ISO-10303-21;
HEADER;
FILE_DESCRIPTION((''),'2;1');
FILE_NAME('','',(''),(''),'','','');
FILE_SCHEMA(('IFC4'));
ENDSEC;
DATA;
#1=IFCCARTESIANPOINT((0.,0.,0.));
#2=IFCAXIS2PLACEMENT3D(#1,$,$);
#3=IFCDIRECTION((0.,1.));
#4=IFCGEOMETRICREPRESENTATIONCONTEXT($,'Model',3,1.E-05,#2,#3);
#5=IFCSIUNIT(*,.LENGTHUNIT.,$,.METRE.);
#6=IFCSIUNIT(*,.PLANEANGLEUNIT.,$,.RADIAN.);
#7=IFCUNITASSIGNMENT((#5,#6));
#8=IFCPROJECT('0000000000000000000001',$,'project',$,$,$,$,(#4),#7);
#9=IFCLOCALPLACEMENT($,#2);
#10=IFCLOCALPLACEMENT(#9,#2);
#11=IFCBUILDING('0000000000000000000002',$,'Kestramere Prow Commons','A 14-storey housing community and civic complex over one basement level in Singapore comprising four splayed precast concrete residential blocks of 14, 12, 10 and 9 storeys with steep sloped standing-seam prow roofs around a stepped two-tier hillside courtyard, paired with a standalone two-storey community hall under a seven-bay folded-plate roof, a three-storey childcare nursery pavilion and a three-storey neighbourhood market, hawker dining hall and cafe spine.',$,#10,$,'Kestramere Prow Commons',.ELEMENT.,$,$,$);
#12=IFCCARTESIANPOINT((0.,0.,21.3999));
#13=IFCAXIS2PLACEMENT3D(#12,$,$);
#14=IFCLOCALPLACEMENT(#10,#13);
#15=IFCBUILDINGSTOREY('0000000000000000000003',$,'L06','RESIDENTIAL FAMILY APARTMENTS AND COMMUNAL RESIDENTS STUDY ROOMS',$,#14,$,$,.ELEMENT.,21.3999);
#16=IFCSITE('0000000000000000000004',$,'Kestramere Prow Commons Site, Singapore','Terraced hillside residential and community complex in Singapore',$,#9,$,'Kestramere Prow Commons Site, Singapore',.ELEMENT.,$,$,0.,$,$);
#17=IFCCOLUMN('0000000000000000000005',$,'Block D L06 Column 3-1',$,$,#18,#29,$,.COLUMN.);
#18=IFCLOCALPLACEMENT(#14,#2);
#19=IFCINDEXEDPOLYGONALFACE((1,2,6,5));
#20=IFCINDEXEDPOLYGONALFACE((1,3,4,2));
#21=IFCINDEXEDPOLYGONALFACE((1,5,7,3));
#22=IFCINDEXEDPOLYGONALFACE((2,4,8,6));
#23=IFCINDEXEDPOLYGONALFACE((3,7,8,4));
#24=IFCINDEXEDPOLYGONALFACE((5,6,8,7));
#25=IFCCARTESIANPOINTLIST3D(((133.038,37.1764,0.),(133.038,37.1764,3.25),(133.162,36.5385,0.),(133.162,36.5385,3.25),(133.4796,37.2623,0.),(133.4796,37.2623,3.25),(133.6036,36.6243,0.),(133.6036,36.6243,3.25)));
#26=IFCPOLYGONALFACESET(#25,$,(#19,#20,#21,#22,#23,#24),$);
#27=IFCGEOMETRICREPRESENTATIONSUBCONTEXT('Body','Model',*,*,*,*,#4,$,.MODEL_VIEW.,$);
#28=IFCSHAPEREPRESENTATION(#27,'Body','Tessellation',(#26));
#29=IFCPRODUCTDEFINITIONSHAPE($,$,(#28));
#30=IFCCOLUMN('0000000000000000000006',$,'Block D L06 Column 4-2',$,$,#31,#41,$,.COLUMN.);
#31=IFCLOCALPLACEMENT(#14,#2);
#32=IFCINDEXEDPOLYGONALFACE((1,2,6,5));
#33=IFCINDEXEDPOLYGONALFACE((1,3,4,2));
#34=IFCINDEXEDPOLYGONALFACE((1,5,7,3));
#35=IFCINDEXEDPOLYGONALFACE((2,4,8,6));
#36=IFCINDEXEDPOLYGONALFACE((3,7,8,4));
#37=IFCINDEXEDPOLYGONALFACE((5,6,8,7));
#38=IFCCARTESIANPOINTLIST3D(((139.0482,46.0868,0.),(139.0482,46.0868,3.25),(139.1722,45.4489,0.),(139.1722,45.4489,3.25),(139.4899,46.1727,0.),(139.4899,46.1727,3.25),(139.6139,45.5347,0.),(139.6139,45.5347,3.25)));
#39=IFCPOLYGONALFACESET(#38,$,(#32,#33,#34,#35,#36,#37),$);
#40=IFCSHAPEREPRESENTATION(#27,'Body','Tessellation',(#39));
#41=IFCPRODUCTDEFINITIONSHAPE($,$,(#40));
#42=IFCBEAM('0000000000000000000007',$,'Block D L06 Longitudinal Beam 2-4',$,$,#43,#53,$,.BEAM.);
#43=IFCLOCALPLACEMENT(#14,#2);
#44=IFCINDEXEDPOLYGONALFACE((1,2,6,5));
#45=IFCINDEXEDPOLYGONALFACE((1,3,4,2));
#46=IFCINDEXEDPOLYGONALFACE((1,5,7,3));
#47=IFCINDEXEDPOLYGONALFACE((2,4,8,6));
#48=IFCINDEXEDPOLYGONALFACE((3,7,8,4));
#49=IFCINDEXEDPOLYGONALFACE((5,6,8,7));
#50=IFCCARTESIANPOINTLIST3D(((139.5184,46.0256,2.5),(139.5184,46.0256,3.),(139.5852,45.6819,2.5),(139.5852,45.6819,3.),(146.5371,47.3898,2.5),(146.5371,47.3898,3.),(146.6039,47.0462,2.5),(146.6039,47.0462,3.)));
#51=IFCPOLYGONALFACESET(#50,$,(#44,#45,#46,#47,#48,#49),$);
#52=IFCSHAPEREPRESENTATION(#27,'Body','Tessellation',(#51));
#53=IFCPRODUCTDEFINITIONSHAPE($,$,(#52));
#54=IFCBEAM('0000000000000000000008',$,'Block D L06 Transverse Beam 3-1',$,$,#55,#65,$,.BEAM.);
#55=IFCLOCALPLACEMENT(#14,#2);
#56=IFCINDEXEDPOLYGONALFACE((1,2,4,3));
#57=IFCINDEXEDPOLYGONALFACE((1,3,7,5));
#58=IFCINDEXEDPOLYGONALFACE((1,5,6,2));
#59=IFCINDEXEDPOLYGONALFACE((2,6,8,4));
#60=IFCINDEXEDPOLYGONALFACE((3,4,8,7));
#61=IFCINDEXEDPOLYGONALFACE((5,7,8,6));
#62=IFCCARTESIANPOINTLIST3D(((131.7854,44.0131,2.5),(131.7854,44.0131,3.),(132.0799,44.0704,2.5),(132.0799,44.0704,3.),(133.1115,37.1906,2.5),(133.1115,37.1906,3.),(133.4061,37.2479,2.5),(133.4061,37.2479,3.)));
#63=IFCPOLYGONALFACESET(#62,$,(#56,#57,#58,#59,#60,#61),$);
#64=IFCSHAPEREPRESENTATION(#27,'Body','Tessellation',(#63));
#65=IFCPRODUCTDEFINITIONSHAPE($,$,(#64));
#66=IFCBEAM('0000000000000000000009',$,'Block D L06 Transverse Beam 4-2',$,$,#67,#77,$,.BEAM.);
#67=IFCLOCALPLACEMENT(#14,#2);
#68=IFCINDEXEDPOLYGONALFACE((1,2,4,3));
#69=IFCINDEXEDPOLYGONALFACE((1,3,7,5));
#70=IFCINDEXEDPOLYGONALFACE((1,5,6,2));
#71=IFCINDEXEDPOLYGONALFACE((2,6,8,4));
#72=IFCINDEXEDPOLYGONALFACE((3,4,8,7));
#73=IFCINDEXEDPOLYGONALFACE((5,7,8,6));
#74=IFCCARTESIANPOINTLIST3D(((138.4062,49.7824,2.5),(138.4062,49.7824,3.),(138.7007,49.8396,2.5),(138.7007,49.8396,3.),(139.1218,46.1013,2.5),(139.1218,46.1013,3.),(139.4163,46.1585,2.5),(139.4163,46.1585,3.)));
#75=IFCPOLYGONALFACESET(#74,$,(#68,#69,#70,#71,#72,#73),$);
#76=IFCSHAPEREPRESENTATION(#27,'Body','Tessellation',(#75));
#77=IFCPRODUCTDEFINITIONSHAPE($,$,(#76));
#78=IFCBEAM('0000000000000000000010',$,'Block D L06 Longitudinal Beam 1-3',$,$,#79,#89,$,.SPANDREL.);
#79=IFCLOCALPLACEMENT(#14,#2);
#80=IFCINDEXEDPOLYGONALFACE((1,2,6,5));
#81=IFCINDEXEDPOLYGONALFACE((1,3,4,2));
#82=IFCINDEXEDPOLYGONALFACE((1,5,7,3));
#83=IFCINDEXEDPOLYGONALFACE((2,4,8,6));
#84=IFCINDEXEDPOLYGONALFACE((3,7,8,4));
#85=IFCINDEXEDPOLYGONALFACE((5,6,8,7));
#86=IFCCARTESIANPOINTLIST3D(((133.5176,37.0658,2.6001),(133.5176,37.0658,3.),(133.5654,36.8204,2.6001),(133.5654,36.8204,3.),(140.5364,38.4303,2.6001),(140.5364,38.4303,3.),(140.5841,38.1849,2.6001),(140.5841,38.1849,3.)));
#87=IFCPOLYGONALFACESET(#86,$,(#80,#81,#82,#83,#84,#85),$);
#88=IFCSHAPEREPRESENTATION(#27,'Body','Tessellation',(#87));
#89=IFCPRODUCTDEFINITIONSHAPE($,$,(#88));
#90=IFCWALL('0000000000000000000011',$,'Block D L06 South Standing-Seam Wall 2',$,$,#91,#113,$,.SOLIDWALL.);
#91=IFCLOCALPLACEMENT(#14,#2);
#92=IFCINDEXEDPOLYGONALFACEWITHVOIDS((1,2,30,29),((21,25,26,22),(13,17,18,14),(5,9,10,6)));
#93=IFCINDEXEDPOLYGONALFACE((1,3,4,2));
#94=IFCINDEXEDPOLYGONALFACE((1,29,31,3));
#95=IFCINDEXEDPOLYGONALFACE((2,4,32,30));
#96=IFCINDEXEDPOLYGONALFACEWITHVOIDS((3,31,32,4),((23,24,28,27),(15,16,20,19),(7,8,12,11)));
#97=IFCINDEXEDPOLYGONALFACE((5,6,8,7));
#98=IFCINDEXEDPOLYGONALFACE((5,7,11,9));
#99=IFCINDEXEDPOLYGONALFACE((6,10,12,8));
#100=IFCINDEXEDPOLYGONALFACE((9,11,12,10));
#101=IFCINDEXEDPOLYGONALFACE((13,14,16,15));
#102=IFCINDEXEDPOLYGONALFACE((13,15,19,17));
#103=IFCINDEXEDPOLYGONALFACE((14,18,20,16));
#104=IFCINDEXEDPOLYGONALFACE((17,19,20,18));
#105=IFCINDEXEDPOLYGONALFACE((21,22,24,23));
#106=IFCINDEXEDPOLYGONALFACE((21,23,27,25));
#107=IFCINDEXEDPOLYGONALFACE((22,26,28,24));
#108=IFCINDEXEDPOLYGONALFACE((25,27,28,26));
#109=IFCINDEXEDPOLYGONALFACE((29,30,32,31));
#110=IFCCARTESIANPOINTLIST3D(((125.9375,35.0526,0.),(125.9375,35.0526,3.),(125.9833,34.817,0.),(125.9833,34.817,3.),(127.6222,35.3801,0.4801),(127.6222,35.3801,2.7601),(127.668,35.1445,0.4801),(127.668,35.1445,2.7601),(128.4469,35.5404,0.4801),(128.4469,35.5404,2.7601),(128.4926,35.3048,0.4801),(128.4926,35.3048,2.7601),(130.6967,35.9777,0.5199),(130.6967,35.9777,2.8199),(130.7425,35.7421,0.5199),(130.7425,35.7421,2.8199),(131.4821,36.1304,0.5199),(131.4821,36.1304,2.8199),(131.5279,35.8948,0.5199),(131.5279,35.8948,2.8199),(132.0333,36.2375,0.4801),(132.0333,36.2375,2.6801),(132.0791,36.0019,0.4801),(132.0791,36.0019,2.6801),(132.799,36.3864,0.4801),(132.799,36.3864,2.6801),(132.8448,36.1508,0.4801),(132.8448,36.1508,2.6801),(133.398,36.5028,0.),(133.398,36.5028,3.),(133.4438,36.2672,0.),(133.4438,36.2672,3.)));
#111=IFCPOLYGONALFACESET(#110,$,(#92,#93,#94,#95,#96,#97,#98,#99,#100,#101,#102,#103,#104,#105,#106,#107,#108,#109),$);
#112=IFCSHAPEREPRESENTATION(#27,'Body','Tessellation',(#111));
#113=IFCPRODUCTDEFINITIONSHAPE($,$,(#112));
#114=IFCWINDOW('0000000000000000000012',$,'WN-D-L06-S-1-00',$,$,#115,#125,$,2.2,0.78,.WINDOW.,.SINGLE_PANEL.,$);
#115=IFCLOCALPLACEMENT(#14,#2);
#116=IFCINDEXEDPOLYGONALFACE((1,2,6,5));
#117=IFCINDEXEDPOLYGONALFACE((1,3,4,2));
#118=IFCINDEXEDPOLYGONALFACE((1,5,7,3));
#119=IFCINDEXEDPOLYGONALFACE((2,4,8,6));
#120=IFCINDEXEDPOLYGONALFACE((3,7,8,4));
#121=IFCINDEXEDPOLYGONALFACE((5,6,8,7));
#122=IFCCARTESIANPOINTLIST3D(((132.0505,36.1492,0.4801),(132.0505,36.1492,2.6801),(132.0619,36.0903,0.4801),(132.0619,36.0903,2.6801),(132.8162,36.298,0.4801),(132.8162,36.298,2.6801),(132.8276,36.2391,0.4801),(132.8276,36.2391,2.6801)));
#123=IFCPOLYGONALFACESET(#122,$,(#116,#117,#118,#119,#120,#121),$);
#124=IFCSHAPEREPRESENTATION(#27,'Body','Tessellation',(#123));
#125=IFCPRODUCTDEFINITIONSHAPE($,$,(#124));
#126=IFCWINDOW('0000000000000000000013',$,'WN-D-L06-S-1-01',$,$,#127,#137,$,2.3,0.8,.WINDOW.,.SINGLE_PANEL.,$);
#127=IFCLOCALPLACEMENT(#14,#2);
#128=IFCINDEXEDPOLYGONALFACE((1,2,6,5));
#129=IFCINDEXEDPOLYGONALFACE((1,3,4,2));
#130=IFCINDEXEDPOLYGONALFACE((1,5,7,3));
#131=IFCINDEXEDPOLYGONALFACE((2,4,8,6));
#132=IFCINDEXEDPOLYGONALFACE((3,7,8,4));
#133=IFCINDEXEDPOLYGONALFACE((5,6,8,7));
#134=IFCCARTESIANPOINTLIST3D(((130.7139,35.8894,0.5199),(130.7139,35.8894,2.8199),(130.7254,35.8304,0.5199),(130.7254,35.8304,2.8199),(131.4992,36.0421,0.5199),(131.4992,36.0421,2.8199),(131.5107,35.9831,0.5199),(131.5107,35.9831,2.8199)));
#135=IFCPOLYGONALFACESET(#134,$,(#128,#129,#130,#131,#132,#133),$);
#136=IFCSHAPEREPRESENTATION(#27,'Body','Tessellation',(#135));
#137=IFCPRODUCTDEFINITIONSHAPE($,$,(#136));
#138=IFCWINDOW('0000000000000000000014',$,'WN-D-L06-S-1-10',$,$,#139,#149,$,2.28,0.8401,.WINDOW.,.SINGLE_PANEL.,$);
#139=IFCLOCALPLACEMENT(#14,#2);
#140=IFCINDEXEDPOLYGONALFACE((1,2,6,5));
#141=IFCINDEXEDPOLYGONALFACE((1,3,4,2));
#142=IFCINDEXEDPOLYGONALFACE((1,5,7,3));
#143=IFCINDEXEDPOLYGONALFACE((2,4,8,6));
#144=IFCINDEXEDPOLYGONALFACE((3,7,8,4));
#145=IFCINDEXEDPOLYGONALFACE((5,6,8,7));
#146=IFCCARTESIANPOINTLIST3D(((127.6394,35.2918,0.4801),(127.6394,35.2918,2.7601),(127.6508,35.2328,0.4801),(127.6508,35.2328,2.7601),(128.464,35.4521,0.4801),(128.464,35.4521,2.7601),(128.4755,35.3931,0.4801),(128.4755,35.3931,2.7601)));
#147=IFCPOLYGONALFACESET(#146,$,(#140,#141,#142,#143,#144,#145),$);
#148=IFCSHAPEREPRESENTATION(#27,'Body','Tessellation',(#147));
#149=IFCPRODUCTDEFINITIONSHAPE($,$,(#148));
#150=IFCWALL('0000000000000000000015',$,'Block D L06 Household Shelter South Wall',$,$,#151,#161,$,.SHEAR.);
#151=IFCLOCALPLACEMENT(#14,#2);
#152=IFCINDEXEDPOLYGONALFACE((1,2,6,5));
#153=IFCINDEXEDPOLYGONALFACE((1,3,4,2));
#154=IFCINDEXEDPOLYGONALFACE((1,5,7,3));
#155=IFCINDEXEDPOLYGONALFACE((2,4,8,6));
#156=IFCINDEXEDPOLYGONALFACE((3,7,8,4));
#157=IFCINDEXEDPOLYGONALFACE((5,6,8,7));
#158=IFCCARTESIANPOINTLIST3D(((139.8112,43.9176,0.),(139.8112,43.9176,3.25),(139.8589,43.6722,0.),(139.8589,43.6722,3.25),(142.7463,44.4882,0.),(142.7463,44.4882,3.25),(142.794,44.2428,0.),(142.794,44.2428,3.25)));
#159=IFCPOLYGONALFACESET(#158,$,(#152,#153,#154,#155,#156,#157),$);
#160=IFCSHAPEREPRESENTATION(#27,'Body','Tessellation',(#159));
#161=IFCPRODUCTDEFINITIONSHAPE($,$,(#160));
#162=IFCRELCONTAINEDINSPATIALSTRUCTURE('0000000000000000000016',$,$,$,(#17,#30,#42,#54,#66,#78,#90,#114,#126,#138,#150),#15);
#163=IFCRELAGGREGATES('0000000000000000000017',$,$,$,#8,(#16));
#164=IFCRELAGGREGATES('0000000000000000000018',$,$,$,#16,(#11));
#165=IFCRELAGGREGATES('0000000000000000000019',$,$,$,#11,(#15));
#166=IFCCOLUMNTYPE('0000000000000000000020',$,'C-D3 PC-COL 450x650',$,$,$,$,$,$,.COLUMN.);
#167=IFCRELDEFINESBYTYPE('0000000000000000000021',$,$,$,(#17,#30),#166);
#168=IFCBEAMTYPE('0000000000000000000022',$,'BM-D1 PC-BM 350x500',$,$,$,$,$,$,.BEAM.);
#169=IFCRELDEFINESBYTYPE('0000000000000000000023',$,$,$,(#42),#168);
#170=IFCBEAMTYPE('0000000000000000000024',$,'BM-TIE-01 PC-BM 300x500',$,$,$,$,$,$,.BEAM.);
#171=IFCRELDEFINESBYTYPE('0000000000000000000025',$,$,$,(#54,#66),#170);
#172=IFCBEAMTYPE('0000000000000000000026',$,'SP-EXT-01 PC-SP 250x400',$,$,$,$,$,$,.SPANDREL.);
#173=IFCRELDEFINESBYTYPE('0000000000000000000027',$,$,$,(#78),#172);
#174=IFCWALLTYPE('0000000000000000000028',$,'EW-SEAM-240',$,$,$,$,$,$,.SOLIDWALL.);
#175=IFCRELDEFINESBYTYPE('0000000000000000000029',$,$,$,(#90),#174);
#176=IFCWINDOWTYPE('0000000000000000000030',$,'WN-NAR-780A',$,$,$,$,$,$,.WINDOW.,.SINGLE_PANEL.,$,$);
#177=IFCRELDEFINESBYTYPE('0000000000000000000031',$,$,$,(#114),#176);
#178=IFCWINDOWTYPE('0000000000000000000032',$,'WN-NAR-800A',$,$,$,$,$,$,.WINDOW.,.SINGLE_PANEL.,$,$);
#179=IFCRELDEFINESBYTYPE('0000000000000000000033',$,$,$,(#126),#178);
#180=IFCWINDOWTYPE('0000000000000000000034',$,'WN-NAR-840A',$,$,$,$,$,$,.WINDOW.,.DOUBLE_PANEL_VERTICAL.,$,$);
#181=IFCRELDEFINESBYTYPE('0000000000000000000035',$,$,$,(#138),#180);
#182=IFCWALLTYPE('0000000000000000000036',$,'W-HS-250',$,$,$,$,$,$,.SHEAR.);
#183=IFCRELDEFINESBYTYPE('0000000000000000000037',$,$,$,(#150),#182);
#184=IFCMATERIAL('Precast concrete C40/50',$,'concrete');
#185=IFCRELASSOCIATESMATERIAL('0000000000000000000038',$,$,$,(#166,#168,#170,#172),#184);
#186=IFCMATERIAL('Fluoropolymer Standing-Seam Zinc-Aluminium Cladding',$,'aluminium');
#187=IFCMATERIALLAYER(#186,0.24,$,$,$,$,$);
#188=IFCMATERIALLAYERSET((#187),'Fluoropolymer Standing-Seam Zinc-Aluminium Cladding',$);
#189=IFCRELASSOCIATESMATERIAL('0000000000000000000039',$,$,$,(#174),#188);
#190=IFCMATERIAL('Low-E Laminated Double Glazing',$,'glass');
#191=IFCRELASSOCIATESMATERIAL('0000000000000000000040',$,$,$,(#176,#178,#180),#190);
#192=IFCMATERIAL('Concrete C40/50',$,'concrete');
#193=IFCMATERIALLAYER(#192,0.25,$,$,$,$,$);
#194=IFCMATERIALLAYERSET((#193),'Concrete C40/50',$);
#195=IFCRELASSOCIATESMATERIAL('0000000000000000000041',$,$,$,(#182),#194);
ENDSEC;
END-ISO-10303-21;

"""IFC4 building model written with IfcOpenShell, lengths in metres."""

from ifc_helpers import new_model, si_unit, direction, frame, frame_2d, origin, origin_2d, place, context, subcontext, project, spatial, rectangle, extrude, material, layer, layer_set, material_profile, profile_set, type_object, element, fill, save


model = new_model("IFC4")

# Units and contexts
model_context = context("Model", 3, precision=1e-05, world=origin(), true_north=direction((0.0, 1.0)))
body_context = subcontext(model_context, "Body", "Model", "MODEL_VIEW")
ifc_project = project(units=[si_unit("LENGTHUNIT", "METRE"), si_unit("PLANEANGLEUNIT", "RADIAN")], contexts=[model_context])

# Site, building, storey
site_placement = place(None, origin())
site = spatial("IfcSite", under=ifc_project, at=site_placement, Name="Kestramere Prow Commons Site, Singapore", Description="Terraced hillside residential and community complex in Singapore", LongName="Kestramere Prow Commons Site, Singapore", CompositionType="ELEMENT", RefElevation=0.0)
building_placement = place(site_placement, origin())
building = spatial("IfcBuilding", under=site, at=building_placement, Name="Kestramere Prow Commons", Description="A 14-storey housing community and civic complex over one basement level in Singapore comprising four splayed precast concrete residential blocks of 14, 12, 10 and 9 storeys with steep sloped standing-seam prow roofs around a stepped two-tier hillside courtyard, paired with a standalone two-storey community hall under a seven-bay folded-plate roof, a three-storey childcare nursery pavilion and a three-storey neighbourhood market, hawker dining hall and cafe spine.", LongName="Kestramere Prow Commons", CompositionType="ELEMENT")
storey_placement = place(building_placement, frame((0.0, 0.0, 21.3999)))
storey = spatial("IfcBuildingStorey", under=building, at=storey_placement, Name="L06", Description="RESIDENTIAL FAMILY APARTMENTS AND COMMUNAL RESIDENTS STUDY ROOMS", CompositionType="ELEMENT", Elevation=21.3999)

# Columns
ifc_material_1 = material(Name="Precast concrete C40/50", Category="concrete")
ifc_material_profile_1 = material_profile(ifc_material_1, rectangle(XDim=0.45, YDim=0.6499, at=origin_2d()), Name="PC-COL 450x650")
ifc_profile_set_1 = profile_set([ifc_material_profile_1], Name="Precast concrete C40/50")
column_type = type_object("IfcColumnType", Name="C-D3 PC-COL 450x650", PredefinedType="COLUMN", material=ifc_profile_set_1)
for number, where, z_axis, x_axis, name in (
    (1, (133.3208, 36.9004, 0.0), (0.0, 0.0, 1.0), (0.981627, 0.190809, 0.0), "Block D L06 Column 3-1"),
    (2, (139.3311, 45.8108, 0.0), (0.0, 0.0, 1.0), (0.981627, 0.190809, 0.0), "Block D L06 Column 4-2"),
):
    element("IfcColumn", number, at=place(storey_placement, frame(where, z_axis=z_axis, x_axis=x_axis)), inside=storey, type_object=column_type, Name=name, PredefinedType="COLUMN", context=body_context, shape_type="SweptSolid", body=[
        extrude(rectangle(XDim=0.45, YDim=0.6499, at=origin_2d()), origin(), (0.0, 0.0, 1.0), 3.25),
    ])

# Beams
ifc_material_profile_2 = material_profile(ifc_material_1, rectangle(XDim=0.3501, YDim=0.5, at=origin_2d()), Name="PC-BM 350x500")
ifc_profile_set_2 = profile_set([ifc_material_profile_2], Name="Precast concrete C40/50")
beam_type_1 = type_object("IfcBeamType", Name="BM-D1 PC-BM 350x500", PredefinedType="BEAM", material=ifc_profile_set_2)
beam_1_placement = place(storey_placement, frame((139.5518, 45.8538, 2.75), z_axis=(0.981629, 0.190801, 0.0), x_axis=(-0.190801, 0.981629, 0.0)))
element("IfcBeam", 3, at=beam_1_placement, inside=storey, type_object=beam_type_1, Name="Block D L06 Longitudinal Beam 2-4", PredefinedType="BEAM", context=body_context, shape_type="SweptSolid", body=[
    extrude(rectangle(XDim=0.3501, YDim=0.5, at=origin_2d()), origin(), (0.0, 0.0, 1.0), 7.1501),
])
ifc_material_profile_3 = material_profile(ifc_material_1, rectangle(XDim=0.3, YDim=0.5, at=origin_2d()), Name="PC-BM 300x500")
ifc_profile_set_3 = profile_set([ifc_material_profile_3], Name="Precast concrete C40/50")
beam_type_2 = type_object("IfcBeamType", Name="BM-TIE-01 PC-BM 300x500", PredefinedType="BEAM", material=ifc_profile_set_3)
beam_2_placement = place(storey_placement, frame((133.2588, 37.2192, 2.75), z_axis=(-0.19081, 0.981627, 0.0), x_axis=(-0.981627, -0.19081, 0.0)))
element("IfcBeam", 4, at=beam_2_placement, inside=storey, type_object=beam_type_2, Name="Block D L06 Transverse Beam 3-1", PredefinedType="BEAM", context=body_context, shape_type="SweptSolid", body=[
    extrude(rectangle(XDim=0.3, YDim=0.5, at=origin_2d()), origin(), (0.0, 0.0, 1.0), 6.9502),
])
beam_3_placement = place(storey_placement, frame((139.269, 46.1299, 2.75), z_axis=(-0.190817, 0.981626, 0.0), x_axis=(-0.981626, -0.190817, 0.0)))
element("IfcBeam", 5, at=beam_3_placement, inside=storey, type_object=beam_type_2, Name="Block D L06 Transverse Beam 4-2", PredefinedType="BEAM", context=body_context, shape_type="SweptSolid", body=[
    extrude(rectangle(XDim=0.3, YDim=0.5, at=origin_2d()), origin(), (0.0, 0.0, 1.0), 3.75),
])
ifc_material_profile_4 = material_profile(ifc_material_1, rectangle(XDim=0.25, YDim=0.3999, at=origin_2d()), Name="PC-SP 250x400")
ifc_profile_set_4 = profile_set([ifc_material_profile_4], Name="Precast concrete C40/50")
beam_type_3 = type_object("IfcBeamType", Name="SP-EXT-01 PC-SP 250x400", PredefinedType="SPANDREL", material=ifc_profile_set_4)
beam_4_placement = place(storey_placement, frame((133.5415, 36.9431, 2.8), z_axis=(0.981622, 0.190834, 0.0), x_axis=(-0.190834, 0.981622, 0.0)))
element("IfcBeam", 6, at=beam_4_placement, inside=storey, type_object=beam_type_3, Name="Block D L06 Longitudinal Beam 1-3", PredefinedType="SPANDREL", context=body_context, shape_type="SweptSolid", body=[
    extrude(rectangle(XDim=0.25, YDim=0.3999, at=origin_2d()), origin(), (0.0, 0.0, 1.0), 7.1501),
])

# Wall, openings, windows
ifc_material_2 = material(Name="Fluoropolymer Standing-Seam Zinc-Aluminium Cladding", Category="aluminium")
ifc_layer_1 = layer(ifc_material_2, 0.24)
ifc_layer_set_1 = layer_set([ifc_layer_1], Name="Fluoropolymer Standing-Seam Zinc-Aluminium Cladding")
wall_type_1 = type_object("IfcWallType", Name="EW-SEAM-240", PredefinedType="SOLIDWALL", material=ifc_layer_set_1)
wall_1_placement = place(storey_placement, frame((133.4209, 36.385, 0.0), z_axis=(0.0, 0.0, 1.0), x_axis=(-0.981626, -0.190813, 0.0)))
wall_1 = element("IfcWall", 7, at=wall_1_placement, inside=storey, type_object=wall_type_1, Name="Block D L06 South Standing-Seam Wall 2", PredefinedType="SOLIDWALL", context=body_context, shape_type="SweptSolid", body=[
    extrude(rectangle(XDim=7.6001, YDim=0.24, at=frame_2d((3.8, 0.0))), origin(), (0.0, 0.0, 1.0), 3.0),
])
opening_1_placement = place(wall_1_placement, frame((0.6101, 0.0, 0.48)))
opening_1 = element("IfcOpeningElement", 8, at=opening_1_placement, cuts=wall_1, PredefinedType="OPENING", context=body_context, shape_type="SweptSolid", body=[
    extrude(rectangle(XDim=0.78, YDim=2.2, at=frame_2d((0.3901, 1.1001))), frame((0.0, 0.135, 0.0), z_axis=(0.0, -1.0, 0.0), x_axis=(1.0, 0.0, 0.0)), (0.0, 0.0, 1.0), 0.27),
])
opening_2_placement = place(wall_1_placement, frame((1.9519, 0.0, 0.52)))
opening_2 = element("IfcOpeningElement", 9, at=opening_2_placement, cuts=wall_1, PredefinedType="OPENING", context=body_context, shape_type="SweptSolid", body=[
    extrude(rectangle(XDim=0.8, YDim=2.3, at=frame_2d((0.3999, 1.1499))), frame((0.0, 0.135, 0.0), z_axis=(0.0, -1.0, 0.0), x_axis=(1.0, 0.0, 0.0)), (0.0, 0.0, 1.0), 0.27),
])
opening_3_placement = place(wall_1_placement, frame((5.0439, 0.0, 0.48)))
opening_3 = element("IfcOpeningElement", 10, at=opening_3_placement, cuts=wall_1, PredefinedType="OPENING", context=body_context, shape_type="SweptSolid", body=[
    extrude(rectangle(XDim=0.8401, YDim=2.28, at=frame_2d((0.4199, 1.1401))), frame((0.0, 0.135, 0.0), z_axis=(0.0, -1.0, 0.0), x_axis=(1.0, 0.0, 0.0)), (0.0, 0.0, 1.0), 0.27),
])
ifc_material_3 = material(Name="Low-E Laminated Double Glazing", Category="glass")
window_type_1 = type_object("IfcWindowType", Name="WN-NAR-780A", PartitioningType="SINGLE_PANEL", PredefinedType="WINDOW", material=ifc_material_3)
window_1_placement = place(opening_1_placement, origin())
window_1 = element("IfcWindow", 11, at=window_1_placement, inside=storey, type_object=window_type_1, Name="WN-D-L06-S-1-00", OverallHeight=2.2, OverallWidth=0.78, PartitioningType="SINGLE_PANEL", PredefinedType="WINDOW", context=body_context, shape_type="SweptSolid", body=[
    extrude(rectangle(XDim=0.78, YDim=2.2, at=frame_2d((0.3901, 1.1001))), frame((0.0, 0.03, 0.0), z_axis=(0.0, -1.0, 0.0), x_axis=(1.0, 0.0, 0.0)), (0.0, 0.0, 1.0), 0.0601),
])
fill(opening_1, window_1)
window_type_2 = type_object("IfcWindowType", Name="WN-NAR-800A", PartitioningType="SINGLE_PANEL", PredefinedType="WINDOW", material=ifc_material_3)
window_2_placement = place(opening_2_placement, origin())
window_2 = element("IfcWindow", 12, at=window_2_placement, inside=storey, type_object=window_type_2, Name="WN-D-L06-S-1-01", OverallHeight=2.3, OverallWidth=0.8, PartitioningType="SINGLE_PANEL", PredefinedType="WINDOW", context=body_context, shape_type="SweptSolid", body=[
    extrude(rectangle(XDim=0.8, YDim=2.3, at=frame_2d((0.3999, 1.1499))), frame((0.0, 0.03, 0.0), z_axis=(0.0, -1.0, 0.0), x_axis=(1.0, 0.0, 0.0)), (0.0, 0.0, 1.0), 0.0601),
])
fill(opening_2, window_2)
window_type_3 = type_object("IfcWindowType", Name="WN-NAR-840A", PartitioningType="DOUBLE_PANEL_VERTICAL", PredefinedType="WINDOW", material=ifc_material_3)
window_3_placement = place(opening_3_placement, origin())
window_3 = element("IfcWindow", 13, at=window_3_placement, inside=storey, type_object=window_type_3, Name="WN-D-L06-S-1-10", OverallHeight=2.28, OverallWidth=0.8401, PartitioningType="SINGLE_PANEL", PredefinedType="WINDOW", context=body_context, shape_type="SweptSolid", body=[
    extrude(rectangle(XDim=0.8401, YDim=2.28, at=frame_2d((0.4199, 1.1401))), frame((0.0, 0.03, 0.0), z_axis=(0.0, -1.0, 0.0), x_axis=(1.0, 0.0, 0.0)), (0.0, 0.0, 1.0), 0.0601),
])
fill(opening_3, window_3)

# Wall
ifc_material_4 = material(Name="Concrete C40/50", Category="concrete")
ifc_layer_2 = layer(ifc_material_4, 0.25)
ifc_layer_set_2 = layer_set([ifc_layer_2], Name="Concrete C40/50")
wall_type_2 = type_object("IfcWallType", Name="W-HS-250", PredefinedType="SHEAR", material=ifc_layer_set_2)
wall_2_placement = place(storey_placement, frame((139.835, 43.7949, 0.0), z_axis=(0.0, 0.0, 1.0), x_axis=(0.981625, 0.190822, 0.0)))
element("IfcWall", 14, at=wall_2_placement, inside=storey, type_object=wall_type_2, Name="Block D L06 Household Shelter South Wall", PredefinedType="SHEAR", context=body_context, shape_type="SweptSolid", body=[
    extrude(rectangle(XDim=2.99, YDim=0.25, at=frame_2d((1.4951, 0.0))), origin(), (0.0, 0.0, 1.0), 3.25),
])

save(model, "model.ifc")
